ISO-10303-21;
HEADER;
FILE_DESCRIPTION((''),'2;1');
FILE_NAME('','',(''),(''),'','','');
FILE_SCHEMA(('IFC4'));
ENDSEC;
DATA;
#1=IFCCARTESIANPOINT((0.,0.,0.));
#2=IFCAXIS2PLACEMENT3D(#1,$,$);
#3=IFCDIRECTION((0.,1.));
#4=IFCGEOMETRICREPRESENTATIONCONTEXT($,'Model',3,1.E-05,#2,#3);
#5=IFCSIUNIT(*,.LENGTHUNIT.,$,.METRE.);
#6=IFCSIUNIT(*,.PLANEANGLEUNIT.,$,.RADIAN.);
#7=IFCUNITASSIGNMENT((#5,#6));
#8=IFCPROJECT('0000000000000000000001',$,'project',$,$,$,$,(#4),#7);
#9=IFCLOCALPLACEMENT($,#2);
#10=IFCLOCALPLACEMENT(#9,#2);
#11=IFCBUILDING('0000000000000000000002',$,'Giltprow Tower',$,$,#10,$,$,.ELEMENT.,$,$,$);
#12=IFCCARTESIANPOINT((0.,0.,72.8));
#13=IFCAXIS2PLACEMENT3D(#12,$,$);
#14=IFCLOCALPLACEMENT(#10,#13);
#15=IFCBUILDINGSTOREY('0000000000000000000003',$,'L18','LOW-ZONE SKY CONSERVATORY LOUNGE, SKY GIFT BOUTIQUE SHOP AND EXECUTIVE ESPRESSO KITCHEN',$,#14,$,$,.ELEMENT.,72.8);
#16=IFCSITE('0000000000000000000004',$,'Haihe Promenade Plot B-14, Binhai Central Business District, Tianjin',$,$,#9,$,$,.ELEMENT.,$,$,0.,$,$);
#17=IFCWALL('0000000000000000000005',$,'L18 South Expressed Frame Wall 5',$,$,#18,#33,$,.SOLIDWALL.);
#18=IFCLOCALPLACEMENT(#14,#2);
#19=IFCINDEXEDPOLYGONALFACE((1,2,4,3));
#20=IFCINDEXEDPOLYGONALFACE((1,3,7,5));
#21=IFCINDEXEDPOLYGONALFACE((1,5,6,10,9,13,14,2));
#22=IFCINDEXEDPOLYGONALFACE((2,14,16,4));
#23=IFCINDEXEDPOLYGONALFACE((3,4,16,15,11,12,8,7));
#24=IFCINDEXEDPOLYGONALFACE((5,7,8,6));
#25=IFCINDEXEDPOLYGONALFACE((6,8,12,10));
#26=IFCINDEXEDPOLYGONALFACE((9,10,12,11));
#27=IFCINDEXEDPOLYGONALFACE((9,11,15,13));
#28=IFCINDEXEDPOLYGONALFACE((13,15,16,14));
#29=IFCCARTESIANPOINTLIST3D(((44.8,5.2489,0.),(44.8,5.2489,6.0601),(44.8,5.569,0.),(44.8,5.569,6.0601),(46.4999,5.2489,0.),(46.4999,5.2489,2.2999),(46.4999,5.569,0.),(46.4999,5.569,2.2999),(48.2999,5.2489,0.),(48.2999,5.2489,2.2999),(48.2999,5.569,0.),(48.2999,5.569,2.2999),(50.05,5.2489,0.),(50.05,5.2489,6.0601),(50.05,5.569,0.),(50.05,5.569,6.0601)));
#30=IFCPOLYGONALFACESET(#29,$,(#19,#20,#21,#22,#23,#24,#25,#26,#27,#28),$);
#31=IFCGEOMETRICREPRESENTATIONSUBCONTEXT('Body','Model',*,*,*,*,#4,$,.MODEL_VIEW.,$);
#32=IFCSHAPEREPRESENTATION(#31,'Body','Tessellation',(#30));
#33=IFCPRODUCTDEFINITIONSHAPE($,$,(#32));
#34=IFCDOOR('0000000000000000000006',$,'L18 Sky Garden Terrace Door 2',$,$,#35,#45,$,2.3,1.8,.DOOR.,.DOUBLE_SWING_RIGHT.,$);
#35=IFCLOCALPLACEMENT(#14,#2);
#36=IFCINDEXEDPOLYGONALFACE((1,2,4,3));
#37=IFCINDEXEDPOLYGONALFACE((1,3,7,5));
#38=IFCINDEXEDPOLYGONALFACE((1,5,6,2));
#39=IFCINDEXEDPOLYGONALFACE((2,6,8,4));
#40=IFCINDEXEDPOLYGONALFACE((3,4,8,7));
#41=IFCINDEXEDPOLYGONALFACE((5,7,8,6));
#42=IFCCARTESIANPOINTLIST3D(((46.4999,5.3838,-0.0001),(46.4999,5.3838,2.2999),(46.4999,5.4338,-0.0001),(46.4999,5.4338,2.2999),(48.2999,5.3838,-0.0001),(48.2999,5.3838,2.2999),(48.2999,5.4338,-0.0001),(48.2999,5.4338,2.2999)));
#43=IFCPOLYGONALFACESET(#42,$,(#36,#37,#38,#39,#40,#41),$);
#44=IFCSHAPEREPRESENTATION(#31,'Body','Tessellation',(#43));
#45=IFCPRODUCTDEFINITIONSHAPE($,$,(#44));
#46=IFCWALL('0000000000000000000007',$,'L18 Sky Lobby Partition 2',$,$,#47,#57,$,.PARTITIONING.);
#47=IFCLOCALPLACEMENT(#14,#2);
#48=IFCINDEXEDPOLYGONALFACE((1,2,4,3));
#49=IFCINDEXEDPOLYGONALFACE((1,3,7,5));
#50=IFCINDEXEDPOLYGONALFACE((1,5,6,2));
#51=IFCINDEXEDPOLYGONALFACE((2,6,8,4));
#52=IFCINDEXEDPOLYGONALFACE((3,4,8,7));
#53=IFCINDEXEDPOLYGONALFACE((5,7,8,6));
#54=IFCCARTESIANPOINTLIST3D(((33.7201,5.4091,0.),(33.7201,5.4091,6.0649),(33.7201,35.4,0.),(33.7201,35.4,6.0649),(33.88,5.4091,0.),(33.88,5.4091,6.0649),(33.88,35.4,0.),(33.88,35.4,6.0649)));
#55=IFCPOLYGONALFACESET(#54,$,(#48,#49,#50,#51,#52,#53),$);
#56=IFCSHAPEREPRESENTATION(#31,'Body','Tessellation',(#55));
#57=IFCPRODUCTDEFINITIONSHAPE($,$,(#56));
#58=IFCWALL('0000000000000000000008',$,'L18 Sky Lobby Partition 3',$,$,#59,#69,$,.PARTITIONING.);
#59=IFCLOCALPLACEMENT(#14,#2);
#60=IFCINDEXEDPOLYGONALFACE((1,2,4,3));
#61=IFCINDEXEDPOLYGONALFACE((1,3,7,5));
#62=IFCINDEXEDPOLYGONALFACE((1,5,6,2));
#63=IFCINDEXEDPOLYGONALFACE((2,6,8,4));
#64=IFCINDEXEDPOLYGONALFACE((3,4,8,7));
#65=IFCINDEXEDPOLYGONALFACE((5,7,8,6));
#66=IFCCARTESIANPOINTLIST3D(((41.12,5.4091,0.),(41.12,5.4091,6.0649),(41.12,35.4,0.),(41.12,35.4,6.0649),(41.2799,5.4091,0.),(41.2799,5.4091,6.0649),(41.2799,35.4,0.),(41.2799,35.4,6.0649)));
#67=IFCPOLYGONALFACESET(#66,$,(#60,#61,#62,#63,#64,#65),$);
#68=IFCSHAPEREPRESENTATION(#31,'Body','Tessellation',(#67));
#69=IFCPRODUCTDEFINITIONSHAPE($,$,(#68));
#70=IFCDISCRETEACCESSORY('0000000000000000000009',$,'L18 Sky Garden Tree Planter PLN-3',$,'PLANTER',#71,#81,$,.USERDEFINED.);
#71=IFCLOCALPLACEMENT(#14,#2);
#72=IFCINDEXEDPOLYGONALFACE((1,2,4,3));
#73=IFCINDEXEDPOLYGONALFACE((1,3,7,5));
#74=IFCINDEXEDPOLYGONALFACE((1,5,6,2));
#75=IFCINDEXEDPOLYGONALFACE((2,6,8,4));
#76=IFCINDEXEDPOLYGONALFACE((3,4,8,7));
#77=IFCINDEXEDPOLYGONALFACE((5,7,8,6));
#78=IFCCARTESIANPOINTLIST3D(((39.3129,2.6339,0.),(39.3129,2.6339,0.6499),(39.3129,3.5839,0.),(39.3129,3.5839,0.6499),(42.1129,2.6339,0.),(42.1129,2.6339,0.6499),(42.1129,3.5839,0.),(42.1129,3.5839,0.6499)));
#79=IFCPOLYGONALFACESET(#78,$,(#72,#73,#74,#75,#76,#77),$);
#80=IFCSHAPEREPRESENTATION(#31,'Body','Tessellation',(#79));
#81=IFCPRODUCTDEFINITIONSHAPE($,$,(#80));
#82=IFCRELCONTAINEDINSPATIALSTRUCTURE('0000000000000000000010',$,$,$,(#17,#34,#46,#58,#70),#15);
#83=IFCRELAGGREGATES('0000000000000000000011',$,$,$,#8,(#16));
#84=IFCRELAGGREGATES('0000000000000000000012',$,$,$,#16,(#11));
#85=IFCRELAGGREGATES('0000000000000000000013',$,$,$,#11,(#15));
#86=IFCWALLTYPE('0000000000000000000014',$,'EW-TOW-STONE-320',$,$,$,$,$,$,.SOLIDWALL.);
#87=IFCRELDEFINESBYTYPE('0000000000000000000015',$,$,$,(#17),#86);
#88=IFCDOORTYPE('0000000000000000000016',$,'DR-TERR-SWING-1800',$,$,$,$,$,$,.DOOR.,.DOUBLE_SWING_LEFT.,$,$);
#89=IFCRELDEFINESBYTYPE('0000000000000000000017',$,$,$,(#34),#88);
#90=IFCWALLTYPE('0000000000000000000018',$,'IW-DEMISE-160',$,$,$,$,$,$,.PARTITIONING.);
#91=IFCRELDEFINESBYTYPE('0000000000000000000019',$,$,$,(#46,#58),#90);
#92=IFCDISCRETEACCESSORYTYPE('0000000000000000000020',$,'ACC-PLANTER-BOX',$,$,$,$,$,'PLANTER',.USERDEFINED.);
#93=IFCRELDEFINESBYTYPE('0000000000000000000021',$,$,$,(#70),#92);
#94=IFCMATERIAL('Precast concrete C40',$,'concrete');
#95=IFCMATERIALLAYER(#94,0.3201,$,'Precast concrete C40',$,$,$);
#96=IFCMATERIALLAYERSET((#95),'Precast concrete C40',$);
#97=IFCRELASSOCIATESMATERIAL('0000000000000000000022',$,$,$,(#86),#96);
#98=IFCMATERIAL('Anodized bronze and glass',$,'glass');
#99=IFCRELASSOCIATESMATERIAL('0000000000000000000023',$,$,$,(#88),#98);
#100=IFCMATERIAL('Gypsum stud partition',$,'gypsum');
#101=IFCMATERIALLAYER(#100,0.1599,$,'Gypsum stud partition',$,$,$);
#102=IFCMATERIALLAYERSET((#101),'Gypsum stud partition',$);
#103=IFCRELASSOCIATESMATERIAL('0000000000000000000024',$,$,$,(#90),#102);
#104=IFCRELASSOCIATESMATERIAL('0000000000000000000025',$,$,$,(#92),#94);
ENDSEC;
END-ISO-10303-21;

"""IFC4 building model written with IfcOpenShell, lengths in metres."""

from ifc_helpers import new_model, si_unit, direction, frame, frame_2d, origin, origin_2d, place, context, subcontext, project, spatial, rectangle, extrude, source, transform, mapped, material, layer, layer_set, type_object, element, fill, save


model = new_model("IFC4")

# Units and contexts
model_context = context("Model", 3, precision=1e-05, world=origin(), true_north=direction((0.0, 1.0)))
body_context = subcontext(model_context, "Body", "Model", "MODEL_VIEW")
ifc_project = project(units=[si_unit("LENGTHUNIT", "METRE"), si_unit("PLANEANGLEUNIT", "RADIAN")], contexts=[model_context])

# Site, building, storey
site_placement = place(None, origin())
site = spatial("IfcSite", under=ifc_project, at=site_placement, Name="Haihe Promenade Plot B-14, Binhai Central Business District, Tianjin", CompositionType="ELEMENT", RefElevation=0.0)
building_placement = place(site_placement, origin())
building = spatial("IfcBuilding", under=site, at=building_placement, Name="Giltprow Tower", CompositionType="ELEMENT")
storey_placement = place(building_placement, frame((0.0, 0.0, 72.8)))
storey = spatial("IfcBuildingStorey", under=building, at=storey_placement, Name="L18", Description="LOW-ZONE SKY CONSERVATORY LOUNGE, SKY GIFT BOUTIQUE SHOP AND EXECUTIVE ESPRESSO KITCHEN", CompositionType="ELEMENT", Elevation=72.8)

# Shared definitions
ifc_material_1 = material(Name="Precast concrete C40", Category="concrete")
ifc_layer_1 = layer(ifc_material_1, 0.3201, Name="Precast concrete C40")
ifc_layer_set_1 = layer_set([ifc_layer_1], Name="Precast concrete C40")
wall_type_1 = type_object("IfcWallType", Name="EW-TOW-STONE-320", PredefinedType="SOLIDWALL", material=ifc_layer_set_1)

# Wall, opening, door
wall_placement = place(storey_placement, frame((44.8, 5.4089, 0.0), z_axis=(0.0, 0.0, 1.0), x_axis=(1.0, 0.0, 0.0)))
wall = element("IfcWall", 1, at=wall_placement, inside=storey, type_object=wall_type_1, Name="L18 South Expressed Frame Wall 5", PredefinedType="SOLIDWALL", context=body_context, shape_type="SweptSolid", body=[
    extrude(rectangle(XDim=5.25, YDim=0.3201, at=frame_2d((2.625, 0.0))), origin(), (0.0, 0.0, 1.0), 6.0601),
])
opening_placement = place(wall_placement, frame((1.7, 0.0, 0.0)))
opening = element("IfcOpeningElement", 2, at=opening_placement, cuts=wall, PredefinedType="OPENING", context=body_context, shape_type="SweptSolid", body=[
    extrude(rectangle(XDim=1.8, YDim=2.3, at=frame_2d((0.8999, 1.1499))), frame((0.0, 0.1699, 0.0), z_axis=(0.0, -1.0, 0.0), x_axis=(1.0, 0.0, 0.0)), (0.0, 0.0, 1.0), 0.3401),
])
ifc_material_2 = material(Name="Anodized bronze and glass", Category="glass")
door_type = type_object("IfcDoorType", Name="DR-TERR-SWING-1800", OperationType="DOUBLE_SWING_LEFT", PredefinedType="DOOR", material=ifc_material_2)
shared_shape_1 = source(origin(), body_context, "Body", "SweptSolid", [
    extrude(rectangle(XDim=1.8, YDim=2.3, at=frame_2d((0.8999, 1.1499))), frame((0.0, 0.0249, 0.0), z_axis=(0.0, -1.0, 0.0), x_axis=(1.0, 0.0, 0.0)), (0.0, 0.0, 1.0), 0.05),
])
door_placement = place(opening_placement, origin())
door = element("IfcDoor", 3, at=door_placement, inside=storey, type_object=door_type, Name="L18 Sky Garden Terrace Door 2", OperationType="DOUBLE_SWING_RIGHT", OverallHeight=2.3, OverallWidth=1.8, PredefinedType="DOOR", context=body_context, shape_type="MappedRepresentation", body=[
    mapped(shared_shape_1, transform((0.0, 0.0, 0.0), x_axis=(1.0, 0.0, 0.0), y_axis=(0.0, 1.0, 0.0), z_axis=(0.0, 0.0, 1.0), scale=1.0)),
])
fill(opening, door)

# Walls
ifc_material_3 = material(Name="Gypsum stud partition", Category="gypsum")
ifc_layer_2 = layer(ifc_material_3, 0.1599, Name="Gypsum stud partition")
ifc_layer_set_2 = layer_set([ifc_layer_2], Name="Gypsum stud partition")
wall_type_2 = type_object("IfcWallType", Name="IW-DEMISE-160", PredefinedType="PARTITIONING", material=ifc_layer_set_2)
for number, where, z_axis, x_axis, name in (
    (4, (33.8, 5.4089, 0.0), (0.0, 0.0, 1.0), (0.0, 1.0, 0.0), "L18 Sky Lobby Partition 2"),
    (5, (41.2, 5.4089, 0.0), (0.0, 0.0, 1.0), (0.0, 1.0, 0.0), "L18 Sky Lobby Partition 3"),
):
    element("IfcWall", number, at=place(storey_placement, frame(where, z_axis=z_axis, x_axis=x_axis)), inside=storey, type_object=wall_type_2, Name=name, PredefinedType="PARTITIONING", context=body_context, shape_type="SweptSolid", body=[
        extrude(rectangle(XDim=29.991, YDim=0.1599, at=frame_2d((14.9956, 0.0))), origin(), (0.0, 0.0, 1.0), 6.0649),
    ])

# Discrete accessory
discrete_accessory_type = type_object("IfcDiscreteAccessoryType", Name="ACC-PLANTER-BOX", ElementType="PLANTER", PredefinedType="USERDEFINED", material=ifc_material_1)
shared_shape_2 = source(origin(), body_context, "Body", "SweptSolid", [
    extrude(rectangle(XDim=2.8, YDim=0.95, at=origin_2d()), origin(), (0.0, 0.0, 1.0), 0.6499),
])
discrete_accessory_placement = place(storey_placement, frame((40.7129, 3.1089, 0.0), z_axis=(0.0, 0.0, 1.0), x_axis=(1.0, 0.0, 0.0)))
element("IfcDiscreteAccessory", 6, at=discrete_accessory_placement, inside=storey, type_object=discrete_accessory_type, Name="L18 Sky Garden Tree Planter PLN-3", ObjectType="PLANTER", PredefinedType="USERDEFINED", context=body_context, shape_type="MappedRepresentation", body=[
    mapped(shared_shape_2, transform((0.0, 0.0, 0.0), x_axis=(1.0, 0.0, 0.0), y_axis=(0.0, 1.0, 0.0), z_axis=(0.0, 0.0, 1.0), scale=1.0)),
])

save(model, "model.ifc")
